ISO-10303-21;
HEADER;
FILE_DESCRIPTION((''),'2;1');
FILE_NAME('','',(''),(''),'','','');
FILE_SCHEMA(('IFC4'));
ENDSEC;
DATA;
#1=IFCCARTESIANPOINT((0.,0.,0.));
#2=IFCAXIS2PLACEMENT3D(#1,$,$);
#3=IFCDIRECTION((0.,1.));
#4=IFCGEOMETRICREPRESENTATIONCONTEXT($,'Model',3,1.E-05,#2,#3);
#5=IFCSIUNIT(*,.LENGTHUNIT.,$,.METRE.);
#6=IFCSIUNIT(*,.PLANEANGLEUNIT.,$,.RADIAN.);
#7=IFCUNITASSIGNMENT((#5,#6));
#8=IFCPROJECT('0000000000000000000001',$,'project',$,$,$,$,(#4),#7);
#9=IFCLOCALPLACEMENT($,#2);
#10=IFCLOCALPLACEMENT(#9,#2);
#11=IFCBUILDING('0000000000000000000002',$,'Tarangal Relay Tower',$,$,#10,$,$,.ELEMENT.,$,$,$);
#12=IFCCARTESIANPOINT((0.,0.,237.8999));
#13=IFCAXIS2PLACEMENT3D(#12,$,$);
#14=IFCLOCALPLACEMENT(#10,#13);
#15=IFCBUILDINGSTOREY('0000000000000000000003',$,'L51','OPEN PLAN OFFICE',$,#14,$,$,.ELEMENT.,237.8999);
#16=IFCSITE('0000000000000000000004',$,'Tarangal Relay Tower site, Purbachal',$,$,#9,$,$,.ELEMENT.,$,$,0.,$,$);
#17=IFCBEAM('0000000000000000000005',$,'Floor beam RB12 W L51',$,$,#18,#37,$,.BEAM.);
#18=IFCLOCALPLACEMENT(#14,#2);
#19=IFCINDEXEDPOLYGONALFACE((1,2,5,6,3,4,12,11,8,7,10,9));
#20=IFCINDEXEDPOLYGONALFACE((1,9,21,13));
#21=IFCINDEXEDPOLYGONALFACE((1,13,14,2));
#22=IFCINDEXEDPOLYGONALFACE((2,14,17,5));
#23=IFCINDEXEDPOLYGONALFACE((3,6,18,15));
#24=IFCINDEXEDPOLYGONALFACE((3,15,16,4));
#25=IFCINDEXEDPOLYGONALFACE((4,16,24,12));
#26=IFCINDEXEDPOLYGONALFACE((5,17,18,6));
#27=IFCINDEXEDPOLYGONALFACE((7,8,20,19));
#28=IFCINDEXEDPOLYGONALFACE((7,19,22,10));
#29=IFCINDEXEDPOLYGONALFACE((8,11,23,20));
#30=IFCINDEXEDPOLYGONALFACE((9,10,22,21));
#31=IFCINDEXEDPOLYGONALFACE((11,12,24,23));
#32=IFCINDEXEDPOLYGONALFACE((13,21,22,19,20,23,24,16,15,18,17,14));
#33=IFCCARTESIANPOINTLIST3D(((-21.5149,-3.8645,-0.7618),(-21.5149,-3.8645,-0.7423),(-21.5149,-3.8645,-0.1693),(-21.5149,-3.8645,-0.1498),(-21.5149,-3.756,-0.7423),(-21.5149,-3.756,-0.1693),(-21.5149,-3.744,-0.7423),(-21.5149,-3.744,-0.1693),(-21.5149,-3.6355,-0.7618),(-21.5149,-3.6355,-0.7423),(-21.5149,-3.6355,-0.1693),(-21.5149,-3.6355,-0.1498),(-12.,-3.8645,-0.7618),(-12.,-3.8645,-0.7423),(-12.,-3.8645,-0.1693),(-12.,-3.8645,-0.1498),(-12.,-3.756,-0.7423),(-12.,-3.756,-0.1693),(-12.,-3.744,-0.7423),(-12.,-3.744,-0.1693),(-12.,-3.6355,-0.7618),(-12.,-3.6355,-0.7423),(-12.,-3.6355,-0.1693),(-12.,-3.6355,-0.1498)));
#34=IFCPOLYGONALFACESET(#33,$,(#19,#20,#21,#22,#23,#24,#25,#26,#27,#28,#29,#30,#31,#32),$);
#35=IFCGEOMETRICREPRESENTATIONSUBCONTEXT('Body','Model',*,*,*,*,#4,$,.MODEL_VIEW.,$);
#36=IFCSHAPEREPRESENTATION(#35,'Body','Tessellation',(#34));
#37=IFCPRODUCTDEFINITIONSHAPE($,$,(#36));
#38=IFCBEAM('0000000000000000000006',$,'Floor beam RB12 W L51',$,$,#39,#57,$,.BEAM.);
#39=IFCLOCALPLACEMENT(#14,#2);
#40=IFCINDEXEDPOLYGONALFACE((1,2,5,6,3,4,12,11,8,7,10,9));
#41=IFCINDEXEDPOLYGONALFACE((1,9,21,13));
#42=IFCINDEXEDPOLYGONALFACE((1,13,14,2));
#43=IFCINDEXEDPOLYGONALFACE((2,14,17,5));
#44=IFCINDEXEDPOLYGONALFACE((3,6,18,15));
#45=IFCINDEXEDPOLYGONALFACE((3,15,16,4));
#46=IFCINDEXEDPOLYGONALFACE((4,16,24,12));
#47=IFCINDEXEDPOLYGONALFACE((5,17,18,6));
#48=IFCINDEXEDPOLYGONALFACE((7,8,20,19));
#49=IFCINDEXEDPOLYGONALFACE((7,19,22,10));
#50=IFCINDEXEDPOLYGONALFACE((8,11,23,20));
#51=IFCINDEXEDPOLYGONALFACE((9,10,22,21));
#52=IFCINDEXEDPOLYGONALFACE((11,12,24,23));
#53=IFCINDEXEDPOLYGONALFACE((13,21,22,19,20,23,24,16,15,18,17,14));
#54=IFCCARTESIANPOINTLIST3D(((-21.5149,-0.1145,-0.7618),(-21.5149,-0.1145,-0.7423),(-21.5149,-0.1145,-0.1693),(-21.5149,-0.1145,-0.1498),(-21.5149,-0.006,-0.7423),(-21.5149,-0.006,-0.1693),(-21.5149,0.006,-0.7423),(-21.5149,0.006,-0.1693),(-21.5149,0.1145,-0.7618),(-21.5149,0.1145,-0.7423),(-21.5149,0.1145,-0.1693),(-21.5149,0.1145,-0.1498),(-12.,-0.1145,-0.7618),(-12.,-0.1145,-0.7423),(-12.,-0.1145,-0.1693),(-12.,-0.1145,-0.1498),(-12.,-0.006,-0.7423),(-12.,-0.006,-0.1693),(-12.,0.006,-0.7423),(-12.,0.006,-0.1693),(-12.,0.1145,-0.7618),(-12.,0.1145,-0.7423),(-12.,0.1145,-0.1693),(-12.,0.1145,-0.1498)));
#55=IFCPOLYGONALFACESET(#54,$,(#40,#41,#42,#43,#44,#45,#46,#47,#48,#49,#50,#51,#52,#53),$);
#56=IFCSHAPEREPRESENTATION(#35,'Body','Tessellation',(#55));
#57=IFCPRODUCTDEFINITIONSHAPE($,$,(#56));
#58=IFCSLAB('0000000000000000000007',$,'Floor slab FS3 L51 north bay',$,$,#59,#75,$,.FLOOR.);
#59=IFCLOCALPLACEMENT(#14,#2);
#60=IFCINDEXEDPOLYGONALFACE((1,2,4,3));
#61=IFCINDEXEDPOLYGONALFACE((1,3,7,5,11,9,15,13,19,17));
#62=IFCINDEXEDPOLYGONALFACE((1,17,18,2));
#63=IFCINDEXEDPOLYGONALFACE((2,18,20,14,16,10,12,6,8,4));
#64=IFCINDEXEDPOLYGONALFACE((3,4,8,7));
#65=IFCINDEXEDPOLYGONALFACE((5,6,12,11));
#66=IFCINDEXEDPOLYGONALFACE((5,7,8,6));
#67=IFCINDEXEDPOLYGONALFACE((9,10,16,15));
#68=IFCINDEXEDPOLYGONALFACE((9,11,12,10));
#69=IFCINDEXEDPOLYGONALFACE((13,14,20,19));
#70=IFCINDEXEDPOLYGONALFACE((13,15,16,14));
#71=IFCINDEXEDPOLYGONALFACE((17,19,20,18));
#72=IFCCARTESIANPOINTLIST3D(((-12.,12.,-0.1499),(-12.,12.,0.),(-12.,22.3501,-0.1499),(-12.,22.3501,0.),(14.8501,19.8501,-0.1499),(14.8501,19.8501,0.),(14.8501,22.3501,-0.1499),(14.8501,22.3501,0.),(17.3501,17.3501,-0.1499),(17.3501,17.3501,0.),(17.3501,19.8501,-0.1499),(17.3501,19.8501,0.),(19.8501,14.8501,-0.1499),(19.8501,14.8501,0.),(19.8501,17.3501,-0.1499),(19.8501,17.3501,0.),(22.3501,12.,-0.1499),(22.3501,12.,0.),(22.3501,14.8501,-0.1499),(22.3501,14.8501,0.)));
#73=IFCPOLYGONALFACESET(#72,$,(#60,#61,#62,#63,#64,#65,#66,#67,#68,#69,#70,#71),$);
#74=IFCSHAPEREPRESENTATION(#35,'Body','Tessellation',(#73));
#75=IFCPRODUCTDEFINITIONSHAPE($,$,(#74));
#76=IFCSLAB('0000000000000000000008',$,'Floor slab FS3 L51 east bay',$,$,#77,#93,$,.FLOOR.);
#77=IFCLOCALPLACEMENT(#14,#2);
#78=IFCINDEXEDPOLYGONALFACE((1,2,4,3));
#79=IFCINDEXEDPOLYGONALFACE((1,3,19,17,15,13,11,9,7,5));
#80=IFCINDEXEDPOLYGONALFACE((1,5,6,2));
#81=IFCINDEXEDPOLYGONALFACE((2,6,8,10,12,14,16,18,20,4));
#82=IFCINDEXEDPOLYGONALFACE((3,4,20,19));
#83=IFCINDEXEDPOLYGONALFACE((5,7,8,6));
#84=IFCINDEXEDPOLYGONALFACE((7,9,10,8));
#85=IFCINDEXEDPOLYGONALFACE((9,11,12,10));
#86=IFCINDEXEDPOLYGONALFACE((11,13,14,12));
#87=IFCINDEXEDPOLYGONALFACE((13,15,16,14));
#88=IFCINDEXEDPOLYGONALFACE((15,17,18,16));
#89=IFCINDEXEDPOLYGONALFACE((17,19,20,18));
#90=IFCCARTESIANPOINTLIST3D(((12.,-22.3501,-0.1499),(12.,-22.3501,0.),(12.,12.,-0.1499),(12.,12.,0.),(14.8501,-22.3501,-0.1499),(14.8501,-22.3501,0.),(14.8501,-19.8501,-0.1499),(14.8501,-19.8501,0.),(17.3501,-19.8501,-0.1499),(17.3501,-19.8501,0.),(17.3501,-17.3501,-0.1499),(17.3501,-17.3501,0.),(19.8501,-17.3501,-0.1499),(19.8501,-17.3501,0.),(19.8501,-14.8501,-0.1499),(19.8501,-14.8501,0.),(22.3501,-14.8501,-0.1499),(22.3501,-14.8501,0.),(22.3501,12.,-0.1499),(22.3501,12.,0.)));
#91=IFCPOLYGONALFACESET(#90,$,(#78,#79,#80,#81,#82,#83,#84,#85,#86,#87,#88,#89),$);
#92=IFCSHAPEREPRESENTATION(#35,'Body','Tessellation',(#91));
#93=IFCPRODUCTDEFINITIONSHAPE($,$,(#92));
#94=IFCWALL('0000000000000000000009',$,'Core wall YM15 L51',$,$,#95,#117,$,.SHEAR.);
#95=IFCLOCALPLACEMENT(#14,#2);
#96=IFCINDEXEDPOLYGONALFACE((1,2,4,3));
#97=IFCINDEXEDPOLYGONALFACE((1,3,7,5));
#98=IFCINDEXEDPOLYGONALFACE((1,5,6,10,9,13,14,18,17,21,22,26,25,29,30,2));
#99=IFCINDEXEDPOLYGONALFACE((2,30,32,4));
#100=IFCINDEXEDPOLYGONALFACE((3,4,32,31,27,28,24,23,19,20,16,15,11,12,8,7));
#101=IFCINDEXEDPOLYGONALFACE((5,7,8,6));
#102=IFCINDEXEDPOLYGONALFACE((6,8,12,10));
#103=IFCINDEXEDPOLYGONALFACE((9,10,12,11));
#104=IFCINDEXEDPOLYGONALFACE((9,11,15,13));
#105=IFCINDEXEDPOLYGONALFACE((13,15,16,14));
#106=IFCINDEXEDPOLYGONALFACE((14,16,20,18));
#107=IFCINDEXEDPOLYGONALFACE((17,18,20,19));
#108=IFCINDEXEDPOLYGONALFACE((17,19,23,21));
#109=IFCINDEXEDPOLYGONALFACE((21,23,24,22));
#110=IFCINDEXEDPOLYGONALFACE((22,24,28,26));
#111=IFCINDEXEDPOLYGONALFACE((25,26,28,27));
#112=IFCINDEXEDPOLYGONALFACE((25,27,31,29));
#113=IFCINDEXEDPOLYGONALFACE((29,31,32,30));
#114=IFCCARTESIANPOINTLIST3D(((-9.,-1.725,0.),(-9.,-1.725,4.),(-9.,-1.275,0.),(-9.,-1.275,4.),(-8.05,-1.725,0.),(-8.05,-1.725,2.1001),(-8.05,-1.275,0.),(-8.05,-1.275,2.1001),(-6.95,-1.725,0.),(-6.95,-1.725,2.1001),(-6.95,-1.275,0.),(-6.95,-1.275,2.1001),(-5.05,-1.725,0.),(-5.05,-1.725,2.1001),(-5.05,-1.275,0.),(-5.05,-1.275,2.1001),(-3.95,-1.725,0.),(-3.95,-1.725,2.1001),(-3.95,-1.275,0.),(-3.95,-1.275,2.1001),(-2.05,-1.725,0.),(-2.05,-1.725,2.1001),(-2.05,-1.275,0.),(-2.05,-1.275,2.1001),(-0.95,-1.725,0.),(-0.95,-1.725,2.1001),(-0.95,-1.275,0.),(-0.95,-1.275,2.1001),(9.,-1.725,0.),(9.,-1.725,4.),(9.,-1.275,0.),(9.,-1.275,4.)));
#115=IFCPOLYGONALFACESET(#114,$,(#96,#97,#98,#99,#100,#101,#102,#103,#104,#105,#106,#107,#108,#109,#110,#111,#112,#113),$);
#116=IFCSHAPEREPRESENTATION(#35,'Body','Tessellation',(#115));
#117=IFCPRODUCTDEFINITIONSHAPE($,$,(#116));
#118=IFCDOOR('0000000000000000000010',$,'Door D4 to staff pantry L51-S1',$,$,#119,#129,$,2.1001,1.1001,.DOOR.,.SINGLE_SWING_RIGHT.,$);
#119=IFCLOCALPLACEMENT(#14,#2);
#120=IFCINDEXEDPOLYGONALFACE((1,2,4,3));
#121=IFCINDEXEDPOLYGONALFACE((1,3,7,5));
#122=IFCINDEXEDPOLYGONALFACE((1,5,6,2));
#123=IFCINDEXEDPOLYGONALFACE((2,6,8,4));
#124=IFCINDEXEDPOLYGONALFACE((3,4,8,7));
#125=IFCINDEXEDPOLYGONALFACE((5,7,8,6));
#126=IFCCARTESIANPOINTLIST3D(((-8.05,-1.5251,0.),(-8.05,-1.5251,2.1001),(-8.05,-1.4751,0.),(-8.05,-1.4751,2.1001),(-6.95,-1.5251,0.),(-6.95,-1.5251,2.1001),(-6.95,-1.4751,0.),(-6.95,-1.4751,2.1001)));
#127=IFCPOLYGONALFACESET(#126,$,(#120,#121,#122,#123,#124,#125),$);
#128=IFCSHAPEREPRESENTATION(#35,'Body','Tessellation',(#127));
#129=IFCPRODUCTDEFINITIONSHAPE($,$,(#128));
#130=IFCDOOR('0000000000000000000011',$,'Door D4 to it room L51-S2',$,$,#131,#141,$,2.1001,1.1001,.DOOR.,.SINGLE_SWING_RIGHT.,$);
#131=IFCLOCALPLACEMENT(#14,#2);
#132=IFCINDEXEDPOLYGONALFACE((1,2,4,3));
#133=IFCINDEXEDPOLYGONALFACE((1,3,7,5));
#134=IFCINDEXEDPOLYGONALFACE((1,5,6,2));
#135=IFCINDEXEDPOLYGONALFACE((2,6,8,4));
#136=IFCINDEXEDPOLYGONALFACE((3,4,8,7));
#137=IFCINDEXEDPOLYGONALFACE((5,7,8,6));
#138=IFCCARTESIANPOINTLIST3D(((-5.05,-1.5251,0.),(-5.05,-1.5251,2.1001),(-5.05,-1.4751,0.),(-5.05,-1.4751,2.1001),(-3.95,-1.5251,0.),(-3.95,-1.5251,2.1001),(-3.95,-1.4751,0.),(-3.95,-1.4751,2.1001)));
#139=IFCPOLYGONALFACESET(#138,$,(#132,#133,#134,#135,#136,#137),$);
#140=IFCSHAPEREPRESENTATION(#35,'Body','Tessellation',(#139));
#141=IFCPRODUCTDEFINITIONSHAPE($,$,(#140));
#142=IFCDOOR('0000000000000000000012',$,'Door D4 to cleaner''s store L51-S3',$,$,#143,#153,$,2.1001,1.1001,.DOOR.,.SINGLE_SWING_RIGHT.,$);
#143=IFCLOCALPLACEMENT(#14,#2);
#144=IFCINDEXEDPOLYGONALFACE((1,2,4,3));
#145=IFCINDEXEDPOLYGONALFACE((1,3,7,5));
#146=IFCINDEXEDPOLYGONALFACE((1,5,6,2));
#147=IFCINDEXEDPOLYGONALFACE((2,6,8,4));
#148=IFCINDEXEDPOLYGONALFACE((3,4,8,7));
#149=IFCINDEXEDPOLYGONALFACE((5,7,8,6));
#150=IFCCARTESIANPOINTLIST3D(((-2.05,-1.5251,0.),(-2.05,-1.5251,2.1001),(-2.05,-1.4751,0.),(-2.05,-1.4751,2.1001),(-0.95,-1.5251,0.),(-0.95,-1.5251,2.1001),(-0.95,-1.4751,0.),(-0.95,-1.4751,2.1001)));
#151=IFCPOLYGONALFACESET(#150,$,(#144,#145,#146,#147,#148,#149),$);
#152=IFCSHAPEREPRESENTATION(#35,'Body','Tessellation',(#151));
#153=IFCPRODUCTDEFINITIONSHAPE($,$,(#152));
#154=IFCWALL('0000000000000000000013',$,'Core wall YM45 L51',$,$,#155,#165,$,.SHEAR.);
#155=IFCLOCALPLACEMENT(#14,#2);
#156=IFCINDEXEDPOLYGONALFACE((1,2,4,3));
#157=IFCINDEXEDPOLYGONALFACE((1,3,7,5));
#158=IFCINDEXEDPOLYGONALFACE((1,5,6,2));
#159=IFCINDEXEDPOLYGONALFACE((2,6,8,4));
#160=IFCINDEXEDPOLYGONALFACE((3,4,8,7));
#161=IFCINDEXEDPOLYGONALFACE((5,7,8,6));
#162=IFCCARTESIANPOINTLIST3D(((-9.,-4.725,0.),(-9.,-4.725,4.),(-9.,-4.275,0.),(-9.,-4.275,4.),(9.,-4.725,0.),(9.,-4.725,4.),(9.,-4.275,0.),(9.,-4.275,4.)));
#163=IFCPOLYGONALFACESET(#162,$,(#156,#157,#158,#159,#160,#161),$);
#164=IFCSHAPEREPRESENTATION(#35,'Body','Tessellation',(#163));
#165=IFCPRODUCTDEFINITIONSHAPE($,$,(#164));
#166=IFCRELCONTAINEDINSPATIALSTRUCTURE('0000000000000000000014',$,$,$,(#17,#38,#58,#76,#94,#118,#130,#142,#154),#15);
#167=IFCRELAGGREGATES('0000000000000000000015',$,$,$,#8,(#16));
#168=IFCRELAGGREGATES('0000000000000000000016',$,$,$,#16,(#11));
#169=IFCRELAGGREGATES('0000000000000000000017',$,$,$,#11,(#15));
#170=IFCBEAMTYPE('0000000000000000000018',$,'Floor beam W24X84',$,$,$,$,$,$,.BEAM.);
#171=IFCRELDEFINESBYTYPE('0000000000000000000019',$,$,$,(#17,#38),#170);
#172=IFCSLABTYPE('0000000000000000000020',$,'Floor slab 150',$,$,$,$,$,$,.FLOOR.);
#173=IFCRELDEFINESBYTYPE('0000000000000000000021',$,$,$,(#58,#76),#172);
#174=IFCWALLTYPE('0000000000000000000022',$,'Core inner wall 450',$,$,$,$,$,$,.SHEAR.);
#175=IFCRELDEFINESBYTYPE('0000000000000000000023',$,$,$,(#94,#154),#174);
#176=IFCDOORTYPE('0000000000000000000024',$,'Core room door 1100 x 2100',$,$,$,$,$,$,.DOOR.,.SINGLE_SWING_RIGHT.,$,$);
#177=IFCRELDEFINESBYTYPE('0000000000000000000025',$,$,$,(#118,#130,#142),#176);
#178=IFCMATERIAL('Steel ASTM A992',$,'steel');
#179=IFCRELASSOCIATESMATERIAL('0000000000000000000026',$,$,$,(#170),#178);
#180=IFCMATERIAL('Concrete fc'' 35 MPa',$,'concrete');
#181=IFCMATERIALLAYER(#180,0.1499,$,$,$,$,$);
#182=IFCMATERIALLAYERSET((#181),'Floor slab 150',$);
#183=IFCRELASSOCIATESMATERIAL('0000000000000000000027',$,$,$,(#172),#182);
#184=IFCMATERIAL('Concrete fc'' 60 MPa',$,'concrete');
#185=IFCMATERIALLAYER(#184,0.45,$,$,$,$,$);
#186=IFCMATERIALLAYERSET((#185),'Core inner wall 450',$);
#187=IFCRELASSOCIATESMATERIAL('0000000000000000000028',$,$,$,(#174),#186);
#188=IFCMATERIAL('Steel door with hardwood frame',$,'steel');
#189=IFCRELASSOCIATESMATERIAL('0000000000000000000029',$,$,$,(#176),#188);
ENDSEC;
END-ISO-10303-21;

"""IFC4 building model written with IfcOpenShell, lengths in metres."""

from ifc_helpers import new_model, si_unit, direction, frame, frame_2d, origin, origin_2d, place, context, subcontext, project, spatial, polyline, rectangle, i_section, outline, extrude, material, layer, layer_set, material_profile, profile_set, type_object, element, fill, save


model = new_model("IFC4")

# Units and contexts
model_context = context("Model", 3, precision=1e-05, world=origin(), true_north=direction((0.0, 1.0)))
body_context = subcontext(model_context, "Body", "Model", "MODEL_VIEW")
ifc_project = project(units=[si_unit("LENGTHUNIT", "METRE"), si_unit("PLANEANGLEUNIT", "RADIAN")], contexts=[model_context])

# Site, building, storey
site_placement = place(None, origin())
site = spatial("IfcSite", under=ifc_project, at=site_placement, Name="Tarangal Relay Tower site, Purbachal", CompositionType="ELEMENT", RefElevation=0.0)
building_placement = place(site_placement, origin())
building = spatial("IfcBuilding", under=site, at=building_placement, Name="Tarangal Relay Tower", CompositionType="ELEMENT")
storey_placement = place(building_placement, frame((0.0, 0.0, 237.8999)))
storey = spatial("IfcBuildingStorey", under=building, at=storey_placement, Name="L51", Description="OPEN PLAN OFFICE", CompositionType="ELEMENT", Elevation=237.8999)

# Beams
ifc_material_1 = material(Name="Steel ASTM A992", Category="steel")
ifc_material_profile = material_profile(ifc_material_1, i_section(OverallWidth=0.229, OverallDepth=0.6121, WebThickness=0.012, FlangeThickness=0.0195, at=origin_2d()), Name="W24X84")
ifc_profile_set = profile_set([ifc_material_profile], Name="Steel ASTM A992")
beam_type = type_object("IfcBeamType", Name="Floor beam W24X84", PredefinedType="BEAM", material=ifc_profile_set)
for number, where, z_axis, x_axis, name in (
    (1, (-12.0, -3.75, -0.4558), (-1.0, 0.0, 0.0), (0.0, -1.0, 0.0), "Floor beam RB12 W L51"),
    (2, (-12.0, 0.0, -0.4558), (-1.0, 0.0, 0.0), (0.0, -1.0, 0.0), "Floor beam RB12 W L51"),
):
    element("IfcBeam", number, at=place(storey_placement, frame(where, z_axis=z_axis, x_axis=x_axis)), inside=storey, type_object=beam_type, Name=name, PredefinedType="BEAM", context=body_context, shape_type="SweptSolid", body=[
        extrude(i_section(OverallWidth=0.229, OverallDepth=0.6121, WebThickness=0.012, FlangeThickness=0.0195, at=origin_2d()), origin(), (0.0, 0.0, 1.0), 9.5149),
    ])

# Slabs
ifc_material_2 = material(Name="Concrete fc' 35 MPa", Category="concrete")
ifc_layer_1 = layer(ifc_material_2, 0.1499)
ifc_layer_set_1 = layer_set([ifc_layer_1], Name="Floor slab 150")
slab_type = type_object("IfcSlabType", Name="Floor slab 150", PredefinedType="FLOOR", material=ifc_layer_set_1)
slab_1_placement = place(storey_placement, frame((0.0, 0.0, -0.1499)))
element("IfcSlab", 3, at=slab_1_placement, inside=storey, type_object=slab_type, Name="Floor slab FS3 L51 north bay", PredefinedType="FLOOR", context=body_context, shape_type="SweptSolid", body=[
    extrude(outline(polyline([(14.8501, 22.3501), (14.8501, 19.8501), (17.3501, 19.8501), (17.3501, 17.3501), (19.8501, 17.3501), (19.8501, 14.8501), (22.3501, 14.8501), (22.3501, 12.0), (-12.0, 12.0), (-12.0, 22.3501), (14.8501, 22.3501)])), origin(), (0.0, 0.0, 1.0), 0.1499),
])
slab_2_placement = place(storey_placement, frame((0.0, 0.0, -0.1499)))
element("IfcSlab", 4, at=slab_2_placement, inside=storey, type_object=slab_type, Name="Floor slab FS3 L51 east bay", PredefinedType="FLOOR", context=body_context, shape_type="SweptSolid", body=[
    extrude(outline(polyline([(22.3501, -14.8501), (19.8501, -14.8501), (19.8501, -17.3501), (17.3501, -17.3501), (17.3501, -19.8501), (14.8501, -19.8501), (14.8501, -22.3501), (12.0, -22.3501), (12.0, 12.0), (22.3501, 12.0), (22.3501, -14.8501)])), origin(), (0.0, 0.0, 1.0), 0.1499),
])

# Wall, openings, doors
ifc_material_3 = material(Name="Concrete fc' 60 MPa", Category="concrete")
ifc_layer_2 = layer(ifc_material_3, 0.45)
ifc_layer_set_2 = layer_set([ifc_layer_2], Name="Core inner wall 450")
wall_type_1 = type_object("IfcWallType", Name="Core inner wall 450", PredefinedType="SHEAR", material=ifc_layer_set_2)
wall_1_placement = place(storey_placement, frame((-9.0, -1.5, 0.0), z_axis=(0.0, 0.0, 1.0), x_axis=(1.0, 0.0, 0.0)))
wall_1 = element("IfcWall", 5, at=wall_1_placement, inside=storey, type_object=wall_type_1, Name="Core wall YM15 L51", PredefinedType="SHEAR", context=body_context, shape_type="SweptSolid", body=[
    extrude(rectangle(XDim=18.0, YDim=0.45, at=frame_2d((9.0, 0.0))), origin(), (0.0, 0.0, 1.0), 4.0),
])
opening_1_placement = place(wall_1_placement, frame((0.95, 0.0, 0.0)))
opening_1 = element("IfcOpeningElement", 6, at=opening_1_placement, cuts=wall_1, PredefinedType="OPENING", context=body_context, shape_type="SweptSolid", body=[
    extrude(rectangle(XDim=1.1001, YDim=2.1001, at=frame_2d((0.55, 1.05))), frame((0.0, 0.2349, 0.0), z_axis=(0.0, -1.0, 0.0), x_axis=(1.0, 0.0, 0.0)), (0.0, 0.0, 1.0), 0.47),
])
opening_2_placement = place(wall_1_placement, frame((3.95, 0.0, 0.0)))
opening_2 = element("IfcOpeningElement", 7, at=opening_2_placement, cuts=wall_1, PredefinedType="OPENING", context=body_context, shape_type="SweptSolid", body=[
    extrude(rectangle(XDim=1.1001, YDim=2.1001, at=frame_2d((0.55, 1.05))), frame((0.0, 0.2349, 0.0), z_axis=(0.0, -1.0, 0.0), x_axis=(1.0, 0.0, 0.0)), (0.0, 0.0, 1.0), 0.47),
])
opening_3_placement = place(wall_1_placement, frame((6.95, 0.0, 0.0)))
opening_3 = element("IfcOpeningElement", 8, at=opening_3_placement, cuts=wall_1, PredefinedType="OPENING", context=body_context, shape_type="SweptSolid", body=[
    extrude(rectangle(XDim=1.1001, YDim=2.1001, at=frame_2d((0.55, 1.05))), frame((0.0, 0.2349, 0.0), z_axis=(0.0, -1.0, 0.0), x_axis=(1.0, 0.0, 0.0)), (0.0, 0.0, 1.0), 0.47),
])
ifc_material_4 = material(Name="Steel door with hardwood frame", Category="steel")
door_type_1 = type_object("IfcDoorType", Name="Core room door 1100 x 2100", OperationType="SINGLE_SWING_RIGHT", PredefinedType="DOOR", material=ifc_material_4)
door_1_placement = place(opening_1_placement, origin())
door_1 = element("IfcDoor", 9, at=door_1_placement, inside=storey, type_object=door_type_1, Name="Door D4 to staff pantry L51-S1", OperationType="SINGLE_SWING_RIGHT", OverallHeight=2.1001, OverallWidth=1.1001, PredefinedType="DOOR", context=body_context, shape_type="SweptSolid", body=[
    extrude(rectangle(XDim=1.1001, YDim=2.1001, at=frame_2d((0.55, 1.05))), frame((0.0, 0.0249, 0.0), z_axis=(0.0, -1.0, 0.0), x_axis=(1.0, 0.0, 0.0)), (0.0, 0.0, 1.0), 0.05),
])
fill(opening_1, door_1)
door_2_placement = place(opening_2_placement, origin())
door_2 = element("IfcDoor", 10, at=door_2_placement, inside=storey, type_object=door_type_1, Name="Door D4 to it room L51-S2", OperationType="SINGLE_SWING_RIGHT", OverallHeight=2.1001, OverallWidth=1.1001, PredefinedType="DOOR", context=body_context, shape_type="SweptSolid", body=[
    extrude(rectangle(XDim=1.1001, YDim=2.1001, at=frame_2d((0.55, 1.05))), frame((0.0, 0.0249, 0.0), z_axis=(0.0, -1.0, 0.0), x_axis=(1.0, 0.0, 0.0)), (0.0, 0.0, 1.0), 0.05),
])
fill(opening_2, door_2)
door_3_placement = place(opening_3_placement, origin())
door_3 = element("IfcDoor", 11, at=door_3_placement, inside=storey, type_object=door_type_1, Name="Door D4 to cleaner's store L51-S3", OperationType="SINGLE_SWING_RIGHT", OverallHeight=2.1001, OverallWidth=1.1001, PredefinedType="DOOR", context=body_context, shape_type="SweptSolid", body=[
    extrude(rectangle(XDim=1.1001, YDim=2.1001, at=frame_2d((0.55, 1.05))), frame((0.0, 0.0249, 0.0), z_axis=(0.0, -1.0, 0.0), x_axis=(1.0, 0.0, 0.0)), (0.0, 0.0, 1.0), 0.05),
])
fill(opening_3, door_3)

# Wall
wall_2_placement = place(storey_placement, frame((-9.0, -4.5, 0.0), z_axis=(0.0, 0.0, 1.0), x_axis=(1.0, 0.0, 0.0)))
element("IfcWall", 12, at=wall_2_placement, inside=storey, type_object=wall_type_1, Name="Core wall YM45 L51", PredefinedType="SHEAR", context=body_context, shape_type="SweptSolid", body=[
    extrude(rectangle(XDim=18.0, YDim=0.45, at=frame_2d((9.0, 0.0))), origin(), (0.0, 0.0, 1.0), 4.0),
])

save(model, "model.ifc")
